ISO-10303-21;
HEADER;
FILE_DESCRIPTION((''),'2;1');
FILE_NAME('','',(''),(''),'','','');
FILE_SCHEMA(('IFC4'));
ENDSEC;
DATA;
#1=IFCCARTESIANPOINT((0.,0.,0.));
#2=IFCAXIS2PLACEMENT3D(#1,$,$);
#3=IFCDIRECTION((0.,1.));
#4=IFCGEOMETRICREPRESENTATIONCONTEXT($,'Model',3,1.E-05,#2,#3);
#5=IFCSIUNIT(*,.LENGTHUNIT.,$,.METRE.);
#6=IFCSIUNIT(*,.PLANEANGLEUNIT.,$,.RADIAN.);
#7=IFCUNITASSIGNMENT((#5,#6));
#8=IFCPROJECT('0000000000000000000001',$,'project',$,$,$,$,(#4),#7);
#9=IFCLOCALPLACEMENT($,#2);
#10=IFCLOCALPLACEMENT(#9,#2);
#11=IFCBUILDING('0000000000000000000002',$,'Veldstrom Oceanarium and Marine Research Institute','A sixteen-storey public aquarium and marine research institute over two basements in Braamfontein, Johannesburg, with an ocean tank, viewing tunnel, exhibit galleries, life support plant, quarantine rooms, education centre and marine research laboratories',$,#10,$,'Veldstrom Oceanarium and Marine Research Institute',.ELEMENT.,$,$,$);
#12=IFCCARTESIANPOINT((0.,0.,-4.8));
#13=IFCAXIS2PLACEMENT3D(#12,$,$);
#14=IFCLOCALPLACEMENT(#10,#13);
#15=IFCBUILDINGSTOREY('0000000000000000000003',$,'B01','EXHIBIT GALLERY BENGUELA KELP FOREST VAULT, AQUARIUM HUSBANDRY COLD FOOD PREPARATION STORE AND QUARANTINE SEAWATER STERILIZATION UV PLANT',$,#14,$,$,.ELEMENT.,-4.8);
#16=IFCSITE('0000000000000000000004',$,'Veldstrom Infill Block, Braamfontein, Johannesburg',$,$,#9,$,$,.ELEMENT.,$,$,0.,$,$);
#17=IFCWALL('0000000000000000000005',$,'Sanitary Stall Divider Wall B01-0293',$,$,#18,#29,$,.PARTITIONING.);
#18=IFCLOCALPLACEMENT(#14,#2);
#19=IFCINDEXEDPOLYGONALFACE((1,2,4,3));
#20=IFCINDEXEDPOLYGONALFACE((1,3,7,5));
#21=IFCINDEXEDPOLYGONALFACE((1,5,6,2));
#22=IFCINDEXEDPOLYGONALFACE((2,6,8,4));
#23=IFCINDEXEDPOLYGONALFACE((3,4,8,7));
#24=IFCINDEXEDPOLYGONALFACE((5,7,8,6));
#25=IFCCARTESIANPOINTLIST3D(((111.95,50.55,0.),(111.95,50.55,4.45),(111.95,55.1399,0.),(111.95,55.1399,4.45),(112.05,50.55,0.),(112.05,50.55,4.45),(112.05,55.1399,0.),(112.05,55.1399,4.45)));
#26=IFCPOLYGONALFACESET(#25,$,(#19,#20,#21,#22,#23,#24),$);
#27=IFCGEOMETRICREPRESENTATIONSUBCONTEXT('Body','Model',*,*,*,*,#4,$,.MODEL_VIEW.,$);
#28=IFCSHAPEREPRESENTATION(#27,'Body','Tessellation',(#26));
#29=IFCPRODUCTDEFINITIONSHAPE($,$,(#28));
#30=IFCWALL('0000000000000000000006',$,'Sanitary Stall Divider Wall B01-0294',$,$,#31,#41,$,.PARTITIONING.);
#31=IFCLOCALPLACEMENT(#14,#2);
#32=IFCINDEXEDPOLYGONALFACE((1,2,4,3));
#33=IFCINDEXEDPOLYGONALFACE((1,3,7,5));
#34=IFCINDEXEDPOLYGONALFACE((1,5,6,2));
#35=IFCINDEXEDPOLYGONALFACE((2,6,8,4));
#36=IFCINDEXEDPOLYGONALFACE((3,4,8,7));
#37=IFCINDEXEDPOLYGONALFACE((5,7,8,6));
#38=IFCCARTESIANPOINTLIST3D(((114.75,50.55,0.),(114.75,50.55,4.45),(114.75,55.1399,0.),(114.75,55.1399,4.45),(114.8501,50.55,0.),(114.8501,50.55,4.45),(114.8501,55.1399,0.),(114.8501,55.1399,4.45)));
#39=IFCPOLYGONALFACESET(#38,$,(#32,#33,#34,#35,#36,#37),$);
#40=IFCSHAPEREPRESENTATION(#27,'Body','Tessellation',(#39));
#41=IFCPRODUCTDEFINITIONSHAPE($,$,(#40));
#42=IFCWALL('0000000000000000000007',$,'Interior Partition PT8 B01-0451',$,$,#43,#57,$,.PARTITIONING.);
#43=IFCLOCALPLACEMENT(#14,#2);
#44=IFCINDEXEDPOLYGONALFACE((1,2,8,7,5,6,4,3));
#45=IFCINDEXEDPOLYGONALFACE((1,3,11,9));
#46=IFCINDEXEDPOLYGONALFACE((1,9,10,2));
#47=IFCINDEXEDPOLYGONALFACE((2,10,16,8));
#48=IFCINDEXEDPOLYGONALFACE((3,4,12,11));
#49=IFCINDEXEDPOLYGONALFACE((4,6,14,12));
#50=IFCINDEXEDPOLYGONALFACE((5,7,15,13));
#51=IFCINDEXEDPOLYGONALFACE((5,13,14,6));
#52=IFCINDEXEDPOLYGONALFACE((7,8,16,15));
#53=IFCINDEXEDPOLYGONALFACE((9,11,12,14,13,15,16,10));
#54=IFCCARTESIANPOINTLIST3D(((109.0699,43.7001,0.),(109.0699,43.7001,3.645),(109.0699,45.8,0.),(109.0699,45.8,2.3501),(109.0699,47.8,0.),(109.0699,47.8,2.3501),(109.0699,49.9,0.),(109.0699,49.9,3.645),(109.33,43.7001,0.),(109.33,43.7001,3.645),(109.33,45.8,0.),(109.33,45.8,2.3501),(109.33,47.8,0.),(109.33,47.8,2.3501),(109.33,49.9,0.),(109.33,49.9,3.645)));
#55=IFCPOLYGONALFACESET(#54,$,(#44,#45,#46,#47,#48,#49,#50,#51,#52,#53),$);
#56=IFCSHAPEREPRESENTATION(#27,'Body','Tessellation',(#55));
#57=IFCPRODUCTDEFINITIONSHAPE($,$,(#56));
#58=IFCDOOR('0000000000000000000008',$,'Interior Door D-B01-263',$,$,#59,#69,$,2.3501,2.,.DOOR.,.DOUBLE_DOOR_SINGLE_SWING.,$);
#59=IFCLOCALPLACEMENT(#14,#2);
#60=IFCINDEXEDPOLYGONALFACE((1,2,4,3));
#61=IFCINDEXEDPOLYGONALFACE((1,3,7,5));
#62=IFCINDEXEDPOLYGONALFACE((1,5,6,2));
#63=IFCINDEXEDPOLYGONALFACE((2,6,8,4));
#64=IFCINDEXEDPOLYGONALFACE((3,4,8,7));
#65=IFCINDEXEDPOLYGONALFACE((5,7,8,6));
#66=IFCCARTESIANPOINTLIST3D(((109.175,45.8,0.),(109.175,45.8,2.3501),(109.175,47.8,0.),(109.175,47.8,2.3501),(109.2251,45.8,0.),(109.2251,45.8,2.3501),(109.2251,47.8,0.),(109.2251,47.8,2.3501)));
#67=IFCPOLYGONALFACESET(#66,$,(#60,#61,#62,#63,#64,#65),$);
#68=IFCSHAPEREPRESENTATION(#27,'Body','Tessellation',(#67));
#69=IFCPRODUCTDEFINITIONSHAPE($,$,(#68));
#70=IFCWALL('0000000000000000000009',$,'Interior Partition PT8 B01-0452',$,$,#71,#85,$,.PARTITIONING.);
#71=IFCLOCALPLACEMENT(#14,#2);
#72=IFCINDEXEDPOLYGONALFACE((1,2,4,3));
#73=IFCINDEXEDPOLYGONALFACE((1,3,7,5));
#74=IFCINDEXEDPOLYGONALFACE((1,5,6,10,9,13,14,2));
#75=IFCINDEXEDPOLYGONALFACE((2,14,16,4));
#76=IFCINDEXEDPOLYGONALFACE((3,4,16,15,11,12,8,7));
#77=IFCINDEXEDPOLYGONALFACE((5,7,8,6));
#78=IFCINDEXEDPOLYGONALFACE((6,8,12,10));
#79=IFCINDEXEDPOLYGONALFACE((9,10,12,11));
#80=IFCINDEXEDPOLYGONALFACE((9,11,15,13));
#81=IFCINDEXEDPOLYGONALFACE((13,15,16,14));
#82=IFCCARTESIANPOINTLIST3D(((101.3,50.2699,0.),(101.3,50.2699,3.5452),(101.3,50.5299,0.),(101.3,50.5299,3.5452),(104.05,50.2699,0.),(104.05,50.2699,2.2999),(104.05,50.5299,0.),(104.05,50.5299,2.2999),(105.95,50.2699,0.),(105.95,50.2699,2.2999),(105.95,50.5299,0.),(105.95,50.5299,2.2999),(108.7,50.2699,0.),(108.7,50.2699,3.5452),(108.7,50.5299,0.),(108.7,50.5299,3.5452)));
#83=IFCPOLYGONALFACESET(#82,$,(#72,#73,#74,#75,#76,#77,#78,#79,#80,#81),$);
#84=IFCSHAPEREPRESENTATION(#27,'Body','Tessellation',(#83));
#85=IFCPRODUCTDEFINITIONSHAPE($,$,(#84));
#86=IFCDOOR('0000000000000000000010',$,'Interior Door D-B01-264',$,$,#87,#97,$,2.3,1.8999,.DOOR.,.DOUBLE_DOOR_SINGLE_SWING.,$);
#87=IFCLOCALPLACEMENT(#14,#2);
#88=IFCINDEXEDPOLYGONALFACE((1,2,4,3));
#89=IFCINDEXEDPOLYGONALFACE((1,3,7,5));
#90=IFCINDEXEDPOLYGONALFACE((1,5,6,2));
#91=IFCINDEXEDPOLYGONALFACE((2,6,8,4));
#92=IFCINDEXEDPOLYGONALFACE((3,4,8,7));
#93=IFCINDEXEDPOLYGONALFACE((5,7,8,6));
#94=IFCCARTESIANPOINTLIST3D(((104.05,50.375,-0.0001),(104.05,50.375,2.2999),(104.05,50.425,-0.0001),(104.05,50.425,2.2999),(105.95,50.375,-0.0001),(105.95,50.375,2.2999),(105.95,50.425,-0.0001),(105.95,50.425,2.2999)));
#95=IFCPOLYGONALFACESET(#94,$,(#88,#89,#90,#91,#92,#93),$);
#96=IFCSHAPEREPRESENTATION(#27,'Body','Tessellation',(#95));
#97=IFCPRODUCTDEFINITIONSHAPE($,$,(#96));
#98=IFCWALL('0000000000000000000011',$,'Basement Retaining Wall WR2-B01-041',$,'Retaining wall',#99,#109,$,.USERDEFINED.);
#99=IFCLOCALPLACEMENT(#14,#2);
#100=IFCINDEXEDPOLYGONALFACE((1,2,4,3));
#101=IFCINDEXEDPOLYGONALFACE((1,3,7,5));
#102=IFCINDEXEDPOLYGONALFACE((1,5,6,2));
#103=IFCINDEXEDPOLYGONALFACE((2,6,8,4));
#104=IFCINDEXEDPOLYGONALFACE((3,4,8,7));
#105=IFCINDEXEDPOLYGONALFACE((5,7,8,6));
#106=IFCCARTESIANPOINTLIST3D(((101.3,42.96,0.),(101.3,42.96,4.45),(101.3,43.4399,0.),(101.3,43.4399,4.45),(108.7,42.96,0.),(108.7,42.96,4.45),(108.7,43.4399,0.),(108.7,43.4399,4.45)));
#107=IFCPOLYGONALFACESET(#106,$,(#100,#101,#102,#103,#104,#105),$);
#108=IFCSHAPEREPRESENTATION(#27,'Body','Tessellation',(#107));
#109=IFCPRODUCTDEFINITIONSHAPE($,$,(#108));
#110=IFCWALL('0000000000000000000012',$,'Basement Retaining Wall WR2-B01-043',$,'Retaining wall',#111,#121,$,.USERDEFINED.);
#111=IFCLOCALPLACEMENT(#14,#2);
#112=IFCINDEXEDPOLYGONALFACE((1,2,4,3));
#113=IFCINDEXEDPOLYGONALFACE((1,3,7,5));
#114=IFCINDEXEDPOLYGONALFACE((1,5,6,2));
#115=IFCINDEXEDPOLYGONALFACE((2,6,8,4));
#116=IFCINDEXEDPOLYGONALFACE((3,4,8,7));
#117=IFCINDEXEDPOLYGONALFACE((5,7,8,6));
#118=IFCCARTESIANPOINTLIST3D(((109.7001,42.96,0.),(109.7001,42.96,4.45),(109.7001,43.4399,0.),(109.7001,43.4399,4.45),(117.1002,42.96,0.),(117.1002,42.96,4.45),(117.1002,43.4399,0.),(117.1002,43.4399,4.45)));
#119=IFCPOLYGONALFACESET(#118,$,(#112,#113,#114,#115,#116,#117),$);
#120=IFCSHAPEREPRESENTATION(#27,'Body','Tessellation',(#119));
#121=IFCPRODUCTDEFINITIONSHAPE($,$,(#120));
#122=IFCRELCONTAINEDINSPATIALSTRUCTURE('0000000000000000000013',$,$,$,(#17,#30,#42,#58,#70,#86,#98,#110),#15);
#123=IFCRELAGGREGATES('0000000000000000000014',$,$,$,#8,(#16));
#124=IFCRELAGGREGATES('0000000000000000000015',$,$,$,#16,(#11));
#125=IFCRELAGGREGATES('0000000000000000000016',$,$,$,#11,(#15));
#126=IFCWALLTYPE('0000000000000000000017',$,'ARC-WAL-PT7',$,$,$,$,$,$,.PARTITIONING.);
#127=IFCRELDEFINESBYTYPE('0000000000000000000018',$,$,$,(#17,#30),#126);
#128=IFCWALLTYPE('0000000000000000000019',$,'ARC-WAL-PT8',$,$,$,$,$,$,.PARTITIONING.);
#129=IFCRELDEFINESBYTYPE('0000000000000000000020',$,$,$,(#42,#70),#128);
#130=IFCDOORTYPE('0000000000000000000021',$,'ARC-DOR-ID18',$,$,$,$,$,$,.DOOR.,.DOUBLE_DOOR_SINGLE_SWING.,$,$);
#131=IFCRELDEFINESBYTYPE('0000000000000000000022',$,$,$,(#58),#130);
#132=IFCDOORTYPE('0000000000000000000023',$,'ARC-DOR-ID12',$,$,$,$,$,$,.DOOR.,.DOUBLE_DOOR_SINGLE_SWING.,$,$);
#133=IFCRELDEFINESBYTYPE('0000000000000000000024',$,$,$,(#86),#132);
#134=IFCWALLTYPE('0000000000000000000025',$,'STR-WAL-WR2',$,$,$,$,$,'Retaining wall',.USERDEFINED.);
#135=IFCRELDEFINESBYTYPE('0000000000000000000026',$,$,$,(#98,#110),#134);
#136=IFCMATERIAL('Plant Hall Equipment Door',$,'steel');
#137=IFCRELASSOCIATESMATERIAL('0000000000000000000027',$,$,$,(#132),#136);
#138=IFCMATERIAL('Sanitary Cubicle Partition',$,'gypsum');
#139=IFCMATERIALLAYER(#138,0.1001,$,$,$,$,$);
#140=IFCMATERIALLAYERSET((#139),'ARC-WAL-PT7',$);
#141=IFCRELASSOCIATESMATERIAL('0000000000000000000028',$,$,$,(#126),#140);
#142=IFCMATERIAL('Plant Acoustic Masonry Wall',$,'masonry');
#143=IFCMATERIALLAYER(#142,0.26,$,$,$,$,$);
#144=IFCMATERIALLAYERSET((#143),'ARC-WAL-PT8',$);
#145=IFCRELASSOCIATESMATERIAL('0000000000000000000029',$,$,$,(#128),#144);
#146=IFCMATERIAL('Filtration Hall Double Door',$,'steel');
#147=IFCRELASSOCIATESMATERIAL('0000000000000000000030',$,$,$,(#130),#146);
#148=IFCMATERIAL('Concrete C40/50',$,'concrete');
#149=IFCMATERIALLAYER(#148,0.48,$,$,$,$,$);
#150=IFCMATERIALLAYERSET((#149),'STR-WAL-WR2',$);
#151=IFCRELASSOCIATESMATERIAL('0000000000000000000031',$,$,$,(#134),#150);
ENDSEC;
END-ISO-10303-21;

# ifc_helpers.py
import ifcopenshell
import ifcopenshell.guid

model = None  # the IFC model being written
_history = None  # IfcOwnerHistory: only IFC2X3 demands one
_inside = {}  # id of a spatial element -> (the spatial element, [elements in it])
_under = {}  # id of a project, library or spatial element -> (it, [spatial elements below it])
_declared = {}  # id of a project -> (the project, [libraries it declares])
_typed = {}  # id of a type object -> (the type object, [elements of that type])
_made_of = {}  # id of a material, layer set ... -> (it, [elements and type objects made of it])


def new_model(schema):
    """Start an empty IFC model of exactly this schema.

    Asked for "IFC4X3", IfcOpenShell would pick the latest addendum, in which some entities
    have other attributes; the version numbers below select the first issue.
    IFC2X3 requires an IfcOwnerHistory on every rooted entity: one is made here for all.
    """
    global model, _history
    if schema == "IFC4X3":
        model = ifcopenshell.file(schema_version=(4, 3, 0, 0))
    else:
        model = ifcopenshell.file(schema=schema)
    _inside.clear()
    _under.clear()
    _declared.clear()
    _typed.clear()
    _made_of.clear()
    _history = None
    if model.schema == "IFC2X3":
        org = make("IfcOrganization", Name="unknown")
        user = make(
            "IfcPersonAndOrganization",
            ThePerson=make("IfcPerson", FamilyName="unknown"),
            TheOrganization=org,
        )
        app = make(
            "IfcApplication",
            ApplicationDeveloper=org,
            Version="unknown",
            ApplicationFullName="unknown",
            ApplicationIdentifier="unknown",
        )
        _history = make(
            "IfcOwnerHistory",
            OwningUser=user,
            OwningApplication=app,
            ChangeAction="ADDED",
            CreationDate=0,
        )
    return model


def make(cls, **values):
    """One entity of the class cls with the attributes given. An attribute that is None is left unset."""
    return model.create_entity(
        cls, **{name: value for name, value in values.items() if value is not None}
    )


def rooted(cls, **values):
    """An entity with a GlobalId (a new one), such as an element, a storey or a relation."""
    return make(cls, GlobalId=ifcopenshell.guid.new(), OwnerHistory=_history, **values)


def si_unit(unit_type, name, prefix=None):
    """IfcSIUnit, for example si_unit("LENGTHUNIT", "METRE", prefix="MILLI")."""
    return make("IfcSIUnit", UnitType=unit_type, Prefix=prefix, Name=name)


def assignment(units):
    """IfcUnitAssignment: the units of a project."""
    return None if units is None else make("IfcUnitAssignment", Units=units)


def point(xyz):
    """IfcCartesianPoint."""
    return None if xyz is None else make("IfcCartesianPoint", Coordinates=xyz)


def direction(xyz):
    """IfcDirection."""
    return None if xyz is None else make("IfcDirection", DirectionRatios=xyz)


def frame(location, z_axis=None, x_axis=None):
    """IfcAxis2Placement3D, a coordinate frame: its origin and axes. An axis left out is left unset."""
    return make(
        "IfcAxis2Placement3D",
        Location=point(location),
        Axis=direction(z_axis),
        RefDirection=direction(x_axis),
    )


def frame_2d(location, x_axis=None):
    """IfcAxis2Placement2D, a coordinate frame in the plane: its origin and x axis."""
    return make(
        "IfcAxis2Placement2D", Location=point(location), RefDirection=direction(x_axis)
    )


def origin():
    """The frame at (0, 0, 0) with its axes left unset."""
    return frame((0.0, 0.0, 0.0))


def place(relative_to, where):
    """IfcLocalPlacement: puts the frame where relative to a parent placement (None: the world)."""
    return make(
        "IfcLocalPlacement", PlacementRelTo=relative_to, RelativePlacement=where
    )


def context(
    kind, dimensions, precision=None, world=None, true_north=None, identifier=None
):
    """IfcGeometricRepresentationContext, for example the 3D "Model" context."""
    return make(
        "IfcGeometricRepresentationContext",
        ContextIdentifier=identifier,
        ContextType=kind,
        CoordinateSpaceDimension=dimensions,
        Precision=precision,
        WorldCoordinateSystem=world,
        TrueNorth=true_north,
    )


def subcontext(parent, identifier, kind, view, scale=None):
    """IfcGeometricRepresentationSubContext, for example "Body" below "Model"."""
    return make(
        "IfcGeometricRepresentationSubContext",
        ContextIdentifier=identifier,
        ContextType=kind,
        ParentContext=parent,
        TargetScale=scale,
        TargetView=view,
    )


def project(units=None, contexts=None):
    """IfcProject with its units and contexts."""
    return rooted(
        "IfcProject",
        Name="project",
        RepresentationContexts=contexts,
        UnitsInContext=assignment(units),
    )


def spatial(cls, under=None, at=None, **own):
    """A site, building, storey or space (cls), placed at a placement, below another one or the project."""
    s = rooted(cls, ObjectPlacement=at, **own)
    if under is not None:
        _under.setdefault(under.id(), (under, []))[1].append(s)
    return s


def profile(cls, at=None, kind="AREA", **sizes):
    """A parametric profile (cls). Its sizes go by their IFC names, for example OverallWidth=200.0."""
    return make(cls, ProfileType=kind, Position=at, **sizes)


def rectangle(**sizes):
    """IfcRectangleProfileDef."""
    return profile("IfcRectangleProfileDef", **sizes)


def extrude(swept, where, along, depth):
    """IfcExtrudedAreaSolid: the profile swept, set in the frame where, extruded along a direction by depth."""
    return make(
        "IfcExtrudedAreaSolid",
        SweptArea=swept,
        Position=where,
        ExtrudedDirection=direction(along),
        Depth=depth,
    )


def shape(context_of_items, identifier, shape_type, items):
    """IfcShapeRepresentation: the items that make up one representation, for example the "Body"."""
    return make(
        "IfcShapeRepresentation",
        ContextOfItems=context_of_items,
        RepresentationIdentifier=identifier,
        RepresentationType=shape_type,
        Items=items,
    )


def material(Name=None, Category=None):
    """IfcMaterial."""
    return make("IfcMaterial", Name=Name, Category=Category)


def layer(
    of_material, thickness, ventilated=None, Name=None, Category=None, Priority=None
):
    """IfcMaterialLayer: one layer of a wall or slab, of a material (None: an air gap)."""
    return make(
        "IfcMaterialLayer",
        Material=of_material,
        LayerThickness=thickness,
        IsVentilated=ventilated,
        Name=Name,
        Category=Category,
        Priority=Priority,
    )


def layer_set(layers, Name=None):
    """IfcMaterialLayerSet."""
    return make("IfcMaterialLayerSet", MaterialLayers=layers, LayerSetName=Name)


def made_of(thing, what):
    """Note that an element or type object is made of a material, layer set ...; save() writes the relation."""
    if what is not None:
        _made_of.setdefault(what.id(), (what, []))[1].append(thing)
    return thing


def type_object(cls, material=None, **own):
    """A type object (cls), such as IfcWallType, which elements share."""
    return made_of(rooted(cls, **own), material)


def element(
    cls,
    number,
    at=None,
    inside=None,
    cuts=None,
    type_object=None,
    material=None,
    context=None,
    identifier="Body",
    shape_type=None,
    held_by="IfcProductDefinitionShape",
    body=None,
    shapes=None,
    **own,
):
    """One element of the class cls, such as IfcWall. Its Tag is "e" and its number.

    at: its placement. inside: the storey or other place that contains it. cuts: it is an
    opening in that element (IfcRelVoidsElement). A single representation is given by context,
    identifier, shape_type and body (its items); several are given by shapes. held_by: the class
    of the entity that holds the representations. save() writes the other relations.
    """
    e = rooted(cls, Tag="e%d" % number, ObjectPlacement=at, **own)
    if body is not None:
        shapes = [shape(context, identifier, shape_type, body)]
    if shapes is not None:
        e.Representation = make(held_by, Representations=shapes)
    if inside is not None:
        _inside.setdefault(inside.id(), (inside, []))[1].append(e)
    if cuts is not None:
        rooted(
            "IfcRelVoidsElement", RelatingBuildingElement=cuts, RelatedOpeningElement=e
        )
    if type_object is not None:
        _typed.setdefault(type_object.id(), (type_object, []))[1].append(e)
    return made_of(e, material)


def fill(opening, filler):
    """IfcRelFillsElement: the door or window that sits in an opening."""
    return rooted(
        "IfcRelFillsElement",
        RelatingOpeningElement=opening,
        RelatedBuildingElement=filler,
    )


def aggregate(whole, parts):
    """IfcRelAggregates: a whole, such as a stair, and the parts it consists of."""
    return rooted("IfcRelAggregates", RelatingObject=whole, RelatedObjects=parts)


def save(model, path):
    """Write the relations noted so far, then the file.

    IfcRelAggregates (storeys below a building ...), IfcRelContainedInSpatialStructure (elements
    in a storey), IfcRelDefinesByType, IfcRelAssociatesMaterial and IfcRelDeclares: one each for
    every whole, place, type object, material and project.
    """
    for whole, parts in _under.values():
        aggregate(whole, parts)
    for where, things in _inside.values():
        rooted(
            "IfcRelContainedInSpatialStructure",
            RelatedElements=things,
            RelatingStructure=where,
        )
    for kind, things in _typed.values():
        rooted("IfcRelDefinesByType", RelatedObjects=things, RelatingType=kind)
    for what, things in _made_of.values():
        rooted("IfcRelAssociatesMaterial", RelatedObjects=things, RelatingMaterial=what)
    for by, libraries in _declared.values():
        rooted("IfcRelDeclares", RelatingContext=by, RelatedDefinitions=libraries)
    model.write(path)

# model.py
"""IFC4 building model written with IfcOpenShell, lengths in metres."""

from ifc_helpers import new_model, si_unit, direction, frame, frame_2d, origin, place, context, subcontext, project, spatial, rectangle, extrude, material, layer, layer_set, type_object, element, fill, save


model = new_model("IFC4")

# Units and contexts
model_context = context("Model", 3, precision=1e-05, world=origin(), true_north=direction((0.0, 1.0)))
body_context = subcontext(model_context, "Body", "Model", "MODEL_VIEW")
ifc_project = project(units=[si_unit("LENGTHUNIT", "METRE"), si_unit("PLANEANGLEUNIT", "RADIAN")], contexts=[model_context])

# Site, building, storey
site_placement = place(None, origin())
site = spatial("IfcSite", under=ifc_project, at=site_placement, Name="Veldstrom Infill Block, Braamfontein, Johannesburg", CompositionType="ELEMENT", RefElevation=0.0)
building_placement = place(site_placement, origin())
building = spatial("IfcBuilding", under=site, at=building_placement, Name="Veldstrom Oceanarium and Marine Research Institute", Description="A sixteen-storey public aquarium and marine research institute over two basements in Braamfontein, Johannesburg, with an ocean tank, viewing tunnel, exhibit galleries, life support plant, quarantine rooms, education centre and marine research laboratories", LongName="Veldstrom Oceanarium and Marine Research Institute", CompositionType="ELEMENT")
storey_placement = place(building_placement, frame((0.0, 0.0, -4.8)))
storey = spatial("IfcBuildingStorey", under=building, at=storey_placement, Name="B01", Description="EXHIBIT GALLERY BENGUELA KELP FOREST VAULT, AQUARIUM HUSBANDRY COLD FOOD PREPARATION STORE AND QUARANTINE SEAWATER STERILIZATION UV PLANT", CompositionType="ELEMENT", Elevation=-4.8)

# Shared definitions
ifc_material_1 = material(Name="Plant Hall Equipment Door", Category="steel")
door_type_1 = type_object("IfcDoorType", Name="ARC-DOR-ID12", OperationType="DOUBLE_DOOR_SINGLE_SWING", PredefinedType="DOOR", material=ifc_material_1)

# Walls
ifc_material_2 = material(Name="Sanitary Cubicle Partition", Category="gypsum")
ifc_layer_1 = layer(ifc_material_2, 0.1001)
ifc_layer_set_1 = layer_set([ifc_layer_1], Name="ARC-WAL-PT7")
wall_type_1 = type_object("IfcWallType", Name="ARC-WAL-PT7", PredefinedType="PARTITIONING", material=ifc_layer_set_1)
for number, where, z_axis, x_axis, name in (
    (1, (112.0, 50.55, 0.0), (0.0, 0.0, 1.0), (0.0, 1.0, 0.0), "Sanitary Stall Divider Wall B01-0293"),
    (2, (114.8, 50.55, 0.0), (0.0, 0.0, 1.0), (0.0, 1.0, 0.0), "Sanitary Stall Divider Wall B01-0294"),
):
    element("IfcWall", number, at=place(storey_placement, frame(where, z_axis=z_axis, x_axis=x_axis)), inside=storey, type_object=wall_type_1, Name=name, PredefinedType="PARTITIONING", context=body_context, shape_type="SweptSolid", body=[
        extrude(rectangle(XDim=4.5898, YDim=0.1001, at=frame_2d((2.2949, 0.0))), origin(), (0.0, 0.0, 1.0), 4.45),
    ])

# Walls, openings, doors
ifc_material_3 = material(Name="Plant Acoustic Masonry Wall", Category="masonry")
ifc_layer_2 = layer(ifc_material_3, 0.26)
ifc_layer_set_2 = layer_set([ifc_layer_2], Name="ARC-WAL-PT8")
wall_type_2 = type_object("IfcWallType", Name="ARC-WAL-PT8", PredefinedType="PARTITIONING", material=ifc_layer_set_2)
wall_1_placement = place(storey_placement, frame((109.2, 43.7, 0.0), z_axis=(0.0, 0.0, 1.0), x_axis=(0.0, 1.0, 0.0)))
wall_1 = element("IfcWall", 3, at=wall_1_placement, inside=storey, type_object=wall_type_2, Name="Interior Partition PT8 B01-0451", PredefinedType="PARTITIONING", context=body_context, shape_type="SweptSolid", body=[
    extrude(rectangle(XDim=6.2, YDim=0.26, at=frame_2d((3.1001, 0.0))), origin(), (0.0, 0.0, 1.0), 3.645),
])
opening_1_placement = place(wall_1_placement, frame((2.1001, 0.0, 0.0)))
opening_1 = element("IfcOpeningElement", 4, at=opening_1_placement, cuts=wall_1, PredefinedType="OPENING", context=body_context, shape_type="SweptSolid", body=[
    extrude(rectangle(XDim=2.0, YDim=2.3501, at=frame_2d((1.0, 1.175))), frame((0.0, 0.1399, 0.0), z_axis=(0.0, -1.0, 0.0), x_axis=(1.0, 0.0, 0.0)), (0.0, 0.0, 1.0), 0.28),
])
ifc_material_4 = material(Name="Filtration Hall Double Door", Category="steel")
door_type_2 = type_object("IfcDoorType", Name="ARC-DOR-ID18", OperationType="DOUBLE_DOOR_SINGLE_SWING", PredefinedType="DOOR", material=ifc_material_4)
door_1_placement = place(opening_1_placement, origin())
door_1 = element("IfcDoor", 5, at=door_1_placement, inside=storey, type_object=door_type_2, Name="Interior Door D-B01-263", OperationType="DOUBLE_DOOR_SINGLE_SWING", OverallHeight=2.3501, OverallWidth=2.0, PredefinedType="DOOR", context=body_context, shape_type="SweptSolid", body=[
    extrude(rectangle(XDim=2.0, YDim=2.3501, at=frame_2d((1.0, 1.175))), frame((0.0, 0.0249, 0.0), z_axis=(0.0, -1.0, 0.0), x_axis=(1.0, 0.0, 0.0)), (0.0, 0.0, 1.0), 0.05),
])
fill(opening_1, door_1)
wall_2_placement = place(storey_placement, frame((101.3, 50.3999, 0.0), z_axis=(0.0, 0.0, 1.0), x_axis=(1.0, 0.0, 0.0)))
wall_2 = element("IfcWall", 6, at=wall_2_placement, inside=storey, type_object=wall_type_2, Name="Interior Partition PT8 B01-0452", PredefinedType="PARTITIONING", context=body_context, shape_type="SweptSolid", body=[
    extrude(rectangle(XDim=7.3999, YDim=0.26, at=frame_2d((3.7, 0.0))), origin(), (0.0, 0.0, 1.0), 3.5452),
])
opening_2_placement = place(wall_2_placement, frame((2.75, 0.0, 0.0)))
opening_2 = element("IfcOpeningElement", 7, at=opening_2_placement, cuts=wall_2, PredefinedType="OPENING", context=body_context, shape_type="SweptSolid", body=[
    extrude(rectangle(XDim=1.8999, YDim=2.3, at=frame_2d((0.95, 1.1499))), frame((0.0, 0.1399, 0.0), z_axis=(0.0, -1.0, 0.0), x_axis=(1.0, 0.0, 0.0)), (0.0, 0.0, 1.0), 0.28),
])
door_2_placement = place(opening_2_placement, frame((1.8999, 0.0, 0.0), z_axis=(0.0, 0.0, 1.0), x_axis=(-1.0, 0.0, 0.0)))
door_2 = element("IfcDoor", 8, at=door_2_placement, inside=storey, type_object=door_type_1, Name="Interior Door D-B01-264", OperationType="DOUBLE_DOOR_SINGLE_SWING", OverallHeight=2.3, OverallWidth=1.8999, PredefinedType="DOOR", context=body_context, shape_type="SweptSolid", body=[
    extrude(rectangle(XDim=1.8999, YDim=2.3, at=frame_2d((0.95, 1.1499))), frame((0.0, 0.0249, 0.0), z_axis=(0.0, -1.0, 0.0), x_axis=(1.0, 0.0, 0.0)), (0.0, 0.0, 1.0), 0.05),
])
fill(opening_2, door_2)

# Walls
ifc_material_5 = material(Name="Concrete C40/50", Category="concrete")
ifc_layer_3 = layer(ifc_material_5, 0.48)
ifc_layer_set_3 = layer_set([ifc_layer_3], Name="STR-WAL-WR2")
wall_type_3 = type_object("IfcWallType", Name="STR-WAL-WR2", ElementType="Retaining wall", PredefinedType="USERDEFINED", material=ifc_layer_set_3)
wall_3_placement = place(storey_placement, frame((101.3, 43.2, 0.0), z_axis=(0.0, 0.0, 1.0), x_axis=(1.0, 0.0, 0.0)))
element("IfcWall", 9, at=wall_3_placement, inside=storey, type_object=wall_type_3, Name="Basement Retaining Wall WR2-B01-041", ObjectType="Retaining wall", PredefinedType="USERDEFINED", context=body_context, shape_type="SweptSolid", body=[
    extrude(rectangle(XDim=7.3999, YDim=0.48, at=frame_2d((3.7, 0.0))), origin(), (0.0, 0.0, 1.0), 4.45),
])
wall_4_placement = place(storey_placement, frame((109.7, 43.2, 0.0), z_axis=(0.0, 0.0, 1.0), x_axis=(1.0, 0.0, 0.0)))
element("IfcWall", 10, at=wall_4_placement, inside=storey, type_object=wall_type_3, Name="Basement Retaining Wall WR2-B01-043", ObjectType="Retaining wall", PredefinedType="USERDEFINED", context=body_context, shape_type="SweptSolid", body=[
    extrude(rectangle(XDim=7.4001, YDim=0.48, at=frame_2d((3.7002, 0.0))), origin(), (0.0, 0.0, 1.0), 4.45),
])

save(model, "model.ifc")
